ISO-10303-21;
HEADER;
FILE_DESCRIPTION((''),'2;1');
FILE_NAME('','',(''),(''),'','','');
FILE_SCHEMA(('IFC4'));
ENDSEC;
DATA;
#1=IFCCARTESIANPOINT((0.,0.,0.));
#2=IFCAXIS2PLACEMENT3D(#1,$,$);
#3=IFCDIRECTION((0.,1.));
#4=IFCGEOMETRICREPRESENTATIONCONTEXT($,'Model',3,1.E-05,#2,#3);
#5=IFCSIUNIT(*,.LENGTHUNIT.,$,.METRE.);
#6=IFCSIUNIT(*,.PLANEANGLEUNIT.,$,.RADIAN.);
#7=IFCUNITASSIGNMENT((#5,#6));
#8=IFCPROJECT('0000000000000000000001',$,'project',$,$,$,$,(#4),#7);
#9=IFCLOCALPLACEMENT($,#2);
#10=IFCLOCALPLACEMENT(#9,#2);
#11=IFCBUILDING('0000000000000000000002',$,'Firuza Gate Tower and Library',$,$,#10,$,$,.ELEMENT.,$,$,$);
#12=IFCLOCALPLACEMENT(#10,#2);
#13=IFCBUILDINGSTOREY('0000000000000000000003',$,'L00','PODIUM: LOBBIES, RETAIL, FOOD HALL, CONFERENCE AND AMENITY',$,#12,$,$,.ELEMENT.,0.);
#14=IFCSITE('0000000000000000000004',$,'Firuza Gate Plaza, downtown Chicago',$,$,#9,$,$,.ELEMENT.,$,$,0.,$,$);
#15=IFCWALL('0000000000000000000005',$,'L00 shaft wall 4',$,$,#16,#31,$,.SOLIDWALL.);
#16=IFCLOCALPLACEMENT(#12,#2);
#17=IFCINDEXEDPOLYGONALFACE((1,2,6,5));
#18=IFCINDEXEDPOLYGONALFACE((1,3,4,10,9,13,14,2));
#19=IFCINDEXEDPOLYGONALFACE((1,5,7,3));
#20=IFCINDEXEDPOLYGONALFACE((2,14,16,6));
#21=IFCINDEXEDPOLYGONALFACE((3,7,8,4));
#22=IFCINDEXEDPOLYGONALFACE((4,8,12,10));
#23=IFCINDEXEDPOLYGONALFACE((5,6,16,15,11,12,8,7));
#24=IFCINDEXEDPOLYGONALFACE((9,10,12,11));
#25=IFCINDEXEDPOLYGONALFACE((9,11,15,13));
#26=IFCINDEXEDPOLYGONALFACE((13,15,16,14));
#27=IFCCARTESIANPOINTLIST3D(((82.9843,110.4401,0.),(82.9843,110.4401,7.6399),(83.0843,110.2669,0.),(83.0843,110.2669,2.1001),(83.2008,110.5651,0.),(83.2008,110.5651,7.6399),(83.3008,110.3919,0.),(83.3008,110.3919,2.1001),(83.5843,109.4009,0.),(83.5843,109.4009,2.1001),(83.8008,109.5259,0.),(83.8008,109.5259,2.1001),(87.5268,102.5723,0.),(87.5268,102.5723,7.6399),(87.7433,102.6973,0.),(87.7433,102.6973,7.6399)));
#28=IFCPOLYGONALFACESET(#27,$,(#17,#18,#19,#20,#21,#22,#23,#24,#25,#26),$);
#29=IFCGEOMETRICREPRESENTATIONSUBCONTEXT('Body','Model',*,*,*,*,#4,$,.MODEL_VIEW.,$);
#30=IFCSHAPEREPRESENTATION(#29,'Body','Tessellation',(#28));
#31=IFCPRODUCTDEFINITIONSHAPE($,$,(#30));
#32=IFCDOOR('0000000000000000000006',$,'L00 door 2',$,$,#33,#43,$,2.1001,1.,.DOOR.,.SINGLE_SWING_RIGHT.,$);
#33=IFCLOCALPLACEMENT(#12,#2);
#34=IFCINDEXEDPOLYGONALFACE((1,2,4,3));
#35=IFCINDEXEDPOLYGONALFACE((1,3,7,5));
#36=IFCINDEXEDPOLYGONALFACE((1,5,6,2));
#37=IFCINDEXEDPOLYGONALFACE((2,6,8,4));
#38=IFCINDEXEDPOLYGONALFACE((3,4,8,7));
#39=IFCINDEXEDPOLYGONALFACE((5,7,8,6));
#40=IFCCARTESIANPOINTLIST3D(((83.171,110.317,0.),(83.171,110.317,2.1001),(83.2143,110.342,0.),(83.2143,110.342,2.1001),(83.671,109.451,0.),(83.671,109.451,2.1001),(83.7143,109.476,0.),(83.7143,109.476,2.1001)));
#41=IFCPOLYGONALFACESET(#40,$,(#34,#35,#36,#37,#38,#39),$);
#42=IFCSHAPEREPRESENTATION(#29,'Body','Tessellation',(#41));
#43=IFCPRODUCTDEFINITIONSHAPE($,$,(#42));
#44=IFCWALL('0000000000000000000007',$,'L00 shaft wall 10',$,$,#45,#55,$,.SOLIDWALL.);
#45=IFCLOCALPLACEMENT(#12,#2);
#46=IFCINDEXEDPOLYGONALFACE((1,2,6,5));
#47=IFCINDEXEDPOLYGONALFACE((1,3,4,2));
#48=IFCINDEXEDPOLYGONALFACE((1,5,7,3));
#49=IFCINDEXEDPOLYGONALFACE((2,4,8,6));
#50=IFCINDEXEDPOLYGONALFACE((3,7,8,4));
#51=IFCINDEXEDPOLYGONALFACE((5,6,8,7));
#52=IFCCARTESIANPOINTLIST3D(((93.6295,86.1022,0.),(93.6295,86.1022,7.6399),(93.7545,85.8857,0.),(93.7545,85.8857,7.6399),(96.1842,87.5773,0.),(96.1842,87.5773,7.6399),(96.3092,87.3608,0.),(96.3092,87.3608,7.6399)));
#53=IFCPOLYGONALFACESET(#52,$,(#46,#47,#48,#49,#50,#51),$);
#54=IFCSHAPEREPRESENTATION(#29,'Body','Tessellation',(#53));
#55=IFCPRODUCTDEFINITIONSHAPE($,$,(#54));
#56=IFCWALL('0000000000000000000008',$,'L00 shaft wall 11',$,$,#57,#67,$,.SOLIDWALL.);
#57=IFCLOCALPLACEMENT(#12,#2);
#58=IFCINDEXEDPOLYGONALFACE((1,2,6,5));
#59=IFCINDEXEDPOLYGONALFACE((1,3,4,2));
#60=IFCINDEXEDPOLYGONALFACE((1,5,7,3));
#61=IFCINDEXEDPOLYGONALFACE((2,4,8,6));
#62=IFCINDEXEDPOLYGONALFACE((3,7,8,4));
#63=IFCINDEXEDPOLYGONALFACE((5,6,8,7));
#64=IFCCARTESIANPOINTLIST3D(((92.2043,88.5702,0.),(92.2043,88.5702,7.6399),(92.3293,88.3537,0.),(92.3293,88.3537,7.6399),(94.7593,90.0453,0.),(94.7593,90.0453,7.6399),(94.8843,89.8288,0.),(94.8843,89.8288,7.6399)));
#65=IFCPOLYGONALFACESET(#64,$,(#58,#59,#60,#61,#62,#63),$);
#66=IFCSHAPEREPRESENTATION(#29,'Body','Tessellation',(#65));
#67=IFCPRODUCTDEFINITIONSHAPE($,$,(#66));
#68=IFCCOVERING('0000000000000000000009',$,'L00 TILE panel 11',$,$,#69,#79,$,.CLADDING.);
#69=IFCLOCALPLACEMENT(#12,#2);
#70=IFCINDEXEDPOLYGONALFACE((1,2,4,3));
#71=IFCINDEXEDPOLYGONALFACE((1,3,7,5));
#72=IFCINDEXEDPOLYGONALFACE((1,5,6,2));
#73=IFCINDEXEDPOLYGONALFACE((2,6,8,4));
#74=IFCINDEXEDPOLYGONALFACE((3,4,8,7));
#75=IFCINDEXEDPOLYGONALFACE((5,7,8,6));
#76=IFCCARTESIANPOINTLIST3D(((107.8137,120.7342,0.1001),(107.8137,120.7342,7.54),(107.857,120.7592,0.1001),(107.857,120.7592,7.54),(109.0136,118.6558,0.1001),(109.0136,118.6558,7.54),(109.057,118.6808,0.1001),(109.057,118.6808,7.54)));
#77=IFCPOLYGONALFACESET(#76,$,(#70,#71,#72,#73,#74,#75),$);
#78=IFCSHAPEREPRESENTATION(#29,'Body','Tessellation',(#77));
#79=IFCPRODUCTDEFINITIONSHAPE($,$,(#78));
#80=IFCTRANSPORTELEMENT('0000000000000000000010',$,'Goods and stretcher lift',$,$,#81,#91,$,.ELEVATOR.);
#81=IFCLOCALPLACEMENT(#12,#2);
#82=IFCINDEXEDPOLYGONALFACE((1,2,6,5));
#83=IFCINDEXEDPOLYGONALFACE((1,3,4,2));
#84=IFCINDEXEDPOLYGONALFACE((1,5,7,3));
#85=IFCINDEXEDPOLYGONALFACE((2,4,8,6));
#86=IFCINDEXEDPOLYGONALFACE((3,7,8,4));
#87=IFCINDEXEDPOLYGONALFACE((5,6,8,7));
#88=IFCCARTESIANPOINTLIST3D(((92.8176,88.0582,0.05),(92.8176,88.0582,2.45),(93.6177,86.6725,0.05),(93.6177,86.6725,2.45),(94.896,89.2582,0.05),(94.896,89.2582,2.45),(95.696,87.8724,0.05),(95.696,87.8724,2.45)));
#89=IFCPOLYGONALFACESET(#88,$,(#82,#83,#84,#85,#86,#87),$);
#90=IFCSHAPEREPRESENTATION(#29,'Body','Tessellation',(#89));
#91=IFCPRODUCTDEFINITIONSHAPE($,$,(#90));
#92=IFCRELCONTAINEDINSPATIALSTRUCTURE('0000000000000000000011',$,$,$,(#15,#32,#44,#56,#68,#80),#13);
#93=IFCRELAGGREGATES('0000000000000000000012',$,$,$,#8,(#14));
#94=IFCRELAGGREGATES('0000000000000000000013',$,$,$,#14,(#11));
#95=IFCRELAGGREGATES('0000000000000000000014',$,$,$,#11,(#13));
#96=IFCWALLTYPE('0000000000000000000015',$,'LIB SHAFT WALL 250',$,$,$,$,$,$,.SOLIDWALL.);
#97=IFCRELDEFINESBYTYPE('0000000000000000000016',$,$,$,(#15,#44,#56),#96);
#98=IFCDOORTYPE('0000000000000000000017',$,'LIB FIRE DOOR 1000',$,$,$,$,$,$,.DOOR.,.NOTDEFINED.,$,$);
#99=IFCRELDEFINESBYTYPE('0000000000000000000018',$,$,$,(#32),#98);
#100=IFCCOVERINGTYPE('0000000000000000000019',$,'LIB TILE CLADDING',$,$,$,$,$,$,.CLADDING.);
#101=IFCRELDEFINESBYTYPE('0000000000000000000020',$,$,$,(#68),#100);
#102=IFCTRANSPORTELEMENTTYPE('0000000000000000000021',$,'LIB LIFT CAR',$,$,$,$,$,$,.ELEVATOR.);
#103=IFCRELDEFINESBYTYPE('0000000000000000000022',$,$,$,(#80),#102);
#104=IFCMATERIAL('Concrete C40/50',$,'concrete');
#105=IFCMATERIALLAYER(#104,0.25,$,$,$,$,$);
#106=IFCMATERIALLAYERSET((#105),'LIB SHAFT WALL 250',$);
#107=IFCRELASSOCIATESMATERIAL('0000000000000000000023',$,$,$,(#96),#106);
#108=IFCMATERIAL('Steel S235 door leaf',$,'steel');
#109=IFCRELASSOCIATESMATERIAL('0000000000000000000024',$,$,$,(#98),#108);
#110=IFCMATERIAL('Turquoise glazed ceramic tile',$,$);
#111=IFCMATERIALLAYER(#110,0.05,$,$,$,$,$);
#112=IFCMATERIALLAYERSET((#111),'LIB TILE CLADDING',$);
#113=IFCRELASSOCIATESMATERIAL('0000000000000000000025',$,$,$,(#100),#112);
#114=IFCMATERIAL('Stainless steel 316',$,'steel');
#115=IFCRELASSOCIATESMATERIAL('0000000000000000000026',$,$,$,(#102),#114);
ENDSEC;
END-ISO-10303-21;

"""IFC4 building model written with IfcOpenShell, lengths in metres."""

from ifc_helpers import new_model, si_unit, direction, frame, frame_2d, origin, origin_2d, place, context, subcontext, project, spatial, rectangle, extrude, material, layer, layer_set, type_object, element, fill, save


model = new_model("IFC4")

# Units and contexts
model_context = context("Model", 3, precision=1e-05, world=origin(), true_north=direction((0.0, 1.0)))
body_context = subcontext(model_context, "Body", "Model", "MODEL_VIEW")
ifc_project = project(units=[si_unit("LENGTHUNIT", "METRE"), si_unit("PLANEANGLEUNIT", "RADIAN")], contexts=[model_context])

# Site, building, storey
site_placement = place(None, origin())
site = spatial("IfcSite", under=ifc_project, at=site_placement, Name="Firuza Gate Plaza, downtown Chicago", CompositionType="ELEMENT", RefElevation=0.0)
building_placement = place(site_placement, origin())
building = spatial("IfcBuilding", under=site, at=building_placement, Name="Firuza Gate Tower and Library", CompositionType="ELEMENT")
storey_placement = place(building_placement, origin())
storey = spatial("IfcBuildingStorey", under=building, at=storey_placement, Name="L00", Description="PODIUM: LOBBIES, RETAIL, FOOD HALL, CONFERENCE AND AMENITY", CompositionType="ELEMENT", Elevation=0.0)

# Wall, opening, door
ifc_material_1 = material(Name="Concrete C40/50", Category="concrete")
ifc_layer_1 = layer(ifc_material_1, 0.25)
ifc_layer_set_1 = layer_set([ifc_layer_1], Name="LIB SHAFT WALL 250")
wall_type_1 = type_object("IfcWallType", Name="LIB SHAFT WALL 250", PredefinedType="SOLIDWALL", material=ifc_layer_set_1)
wall_1_placement = place(storey_placement, frame((87.635, 102.6348, 0.0), z_axis=(0.0, 0.0, 1.0), x_axis=(-0.499995, 0.866029, 0.0)))
wall_1 = element("IfcWall", 1, at=wall_1_placement, inside=storey, type_object=wall_type_1, Name="L00 shaft wall 4", PredefinedType="SOLIDWALL", context=body_context, shape_type="SweptSolid", body=[
    extrude(rectangle(XDim=9.085, YDim=0.25, at=frame_2d((4.5425, 0.0))), origin(), (0.0, 0.0, 1.0), 7.6399),
])
opening_1_placement = place(wall_1_placement, frame((7.885, 0.0, 0.0)))
opening_1 = element("IfcOpeningElement", 2, at=opening_1_placement, cuts=wall_1, PredefinedType="OPENING", context=body_context, shape_type="SweptSolid", body=[
    extrude(rectangle(XDim=1.0, YDim=2.1001, at=frame_2d((0.5, 1.05))), frame((0.0, 0.135, 0.0), z_axis=(0.0, -1.0, 0.0), x_axis=(1.0, 0.0, 0.0)), (0.0, 0.0, 1.0), 0.27),
])
ifc_material_2 = material(Name="Steel S235 door leaf", Category="steel")
door_type_1 = type_object("IfcDoorType", Name="LIB FIRE DOOR 1000", OperationType="NOTDEFINED", PredefinedType="DOOR", material=ifc_material_2)
door_1_placement = place(opening_1_placement, origin())
door_1 = element("IfcDoor", 3, at=door_1_placement, inside=storey, type_object=door_type_1, Name="L00 door 2", OperationType="SINGLE_SWING_RIGHT", OverallHeight=2.1001, OverallWidth=1.0, PredefinedType="DOOR", context=body_context, shape_type="SweptSolid", body=[
    extrude(rectangle(XDim=1.0, YDim=2.1001, at=frame_2d((0.5, 1.05))), frame((0.0, 0.0249, 0.0), z_axis=(0.0, -1.0, 0.0), x_axis=(1.0, 0.0, 0.0)), (0.0, 0.0, 1.0), 0.05),
])
fill(opening_1, door_1)

# Walls
wall_2_placement = place(storey_placement, frame((93.6919, 85.9939, 0.0), z_axis=(0.0, 0.0, 1.0), x_axis=(0.866004, 0.500038, 0.0)))
element("IfcWall", 4, at=wall_2_placement, inside=storey, type_object=wall_type_1, Name="L00 shaft wall 10", PredefinedType="SOLIDWALL", context=body_context, shape_type="SweptSolid", body=[
    extrude(rectangle(XDim=2.95, YDim=0.25, at=frame_2d((1.4751, 0.0))), origin(), (0.0, 0.0, 1.0), 7.6399),
])
wall_3_placement = place(storey_placement, frame((92.2668, 88.4619, 0.0), z_axis=(0.0, 0.0, 1.0), x_axis=(0.866024, 0.500002, 0.0)))
element("IfcWall", 5, at=wall_3_placement, inside=storey, type_object=wall_type_1, Name="L00 shaft wall 11", PredefinedType="SOLIDWALL", context=body_context, shape_type="SweptSolid", body=[
    extrude(rectangle(XDim=2.9502, YDim=0.25, at=frame_2d((1.4751, 0.0))), origin(), (0.0, 0.0, 1.0), 7.6399),
])

# Covering
ifc_material_3 = material(Name="Turquoise glazed ceramic tile")
ifc_layer_2 = layer(ifc_material_3, 0.05)
ifc_layer_set_2 = layer_set([ifc_layer_2], Name="LIB TILE CLADDING")
covering_type = type_object("IfcCoveringType", Name="LIB TILE CLADDING", PredefinedType="CLADDING", material=ifc_layer_set_2)
covering_placement = place(storey_placement, frame((108.4353, 119.7075, 0.1001), z_axis=(0.0, 0.0, 1.0), x_axis=(-0.5, 0.866025, 0.0)))
element("IfcCovering", 6, at=covering_placement, inside=storey, type_object=covering_type, Name="L00 TILE panel 11", PredefinedType="CLADDING", context=body_context, shape_type="SweptSolid", body=[
    extrude(rectangle(XDim=2.3999, YDim=0.05, at=origin_2d()), origin(), (0.0, 0.0, 1.0), 7.4399),
])

# Transport element
ifc_material_4 = material(Name="Stainless steel 316", Category="steel")
transport_element_type = type_object("IfcTransportElementType", Name="LIB LIFT CAR", PredefinedType="ELEVATOR", material=ifc_material_4)
transport_element_placement = place(storey_placement, frame((94.2568, 87.9653, 0.05), z_axis=(0.0, 0.0, 1.0), x_axis=(-0.5, 0.866025, 0.0)))
element("IfcTransportElement", 7, at=transport_element_placement, inside=storey, type_object=transport_element_type, Name="Goods and stretcher lift", PredefinedType="ELEVATOR", context=body_context, shape_type="SweptSolid", body=[
    extrude(rectangle(XDim=1.6001, YDim=2.3999, at=origin_2d()), origin(), (0.0, 0.0, 1.0), 2.3999),
])

save(model, "model.ifc")
